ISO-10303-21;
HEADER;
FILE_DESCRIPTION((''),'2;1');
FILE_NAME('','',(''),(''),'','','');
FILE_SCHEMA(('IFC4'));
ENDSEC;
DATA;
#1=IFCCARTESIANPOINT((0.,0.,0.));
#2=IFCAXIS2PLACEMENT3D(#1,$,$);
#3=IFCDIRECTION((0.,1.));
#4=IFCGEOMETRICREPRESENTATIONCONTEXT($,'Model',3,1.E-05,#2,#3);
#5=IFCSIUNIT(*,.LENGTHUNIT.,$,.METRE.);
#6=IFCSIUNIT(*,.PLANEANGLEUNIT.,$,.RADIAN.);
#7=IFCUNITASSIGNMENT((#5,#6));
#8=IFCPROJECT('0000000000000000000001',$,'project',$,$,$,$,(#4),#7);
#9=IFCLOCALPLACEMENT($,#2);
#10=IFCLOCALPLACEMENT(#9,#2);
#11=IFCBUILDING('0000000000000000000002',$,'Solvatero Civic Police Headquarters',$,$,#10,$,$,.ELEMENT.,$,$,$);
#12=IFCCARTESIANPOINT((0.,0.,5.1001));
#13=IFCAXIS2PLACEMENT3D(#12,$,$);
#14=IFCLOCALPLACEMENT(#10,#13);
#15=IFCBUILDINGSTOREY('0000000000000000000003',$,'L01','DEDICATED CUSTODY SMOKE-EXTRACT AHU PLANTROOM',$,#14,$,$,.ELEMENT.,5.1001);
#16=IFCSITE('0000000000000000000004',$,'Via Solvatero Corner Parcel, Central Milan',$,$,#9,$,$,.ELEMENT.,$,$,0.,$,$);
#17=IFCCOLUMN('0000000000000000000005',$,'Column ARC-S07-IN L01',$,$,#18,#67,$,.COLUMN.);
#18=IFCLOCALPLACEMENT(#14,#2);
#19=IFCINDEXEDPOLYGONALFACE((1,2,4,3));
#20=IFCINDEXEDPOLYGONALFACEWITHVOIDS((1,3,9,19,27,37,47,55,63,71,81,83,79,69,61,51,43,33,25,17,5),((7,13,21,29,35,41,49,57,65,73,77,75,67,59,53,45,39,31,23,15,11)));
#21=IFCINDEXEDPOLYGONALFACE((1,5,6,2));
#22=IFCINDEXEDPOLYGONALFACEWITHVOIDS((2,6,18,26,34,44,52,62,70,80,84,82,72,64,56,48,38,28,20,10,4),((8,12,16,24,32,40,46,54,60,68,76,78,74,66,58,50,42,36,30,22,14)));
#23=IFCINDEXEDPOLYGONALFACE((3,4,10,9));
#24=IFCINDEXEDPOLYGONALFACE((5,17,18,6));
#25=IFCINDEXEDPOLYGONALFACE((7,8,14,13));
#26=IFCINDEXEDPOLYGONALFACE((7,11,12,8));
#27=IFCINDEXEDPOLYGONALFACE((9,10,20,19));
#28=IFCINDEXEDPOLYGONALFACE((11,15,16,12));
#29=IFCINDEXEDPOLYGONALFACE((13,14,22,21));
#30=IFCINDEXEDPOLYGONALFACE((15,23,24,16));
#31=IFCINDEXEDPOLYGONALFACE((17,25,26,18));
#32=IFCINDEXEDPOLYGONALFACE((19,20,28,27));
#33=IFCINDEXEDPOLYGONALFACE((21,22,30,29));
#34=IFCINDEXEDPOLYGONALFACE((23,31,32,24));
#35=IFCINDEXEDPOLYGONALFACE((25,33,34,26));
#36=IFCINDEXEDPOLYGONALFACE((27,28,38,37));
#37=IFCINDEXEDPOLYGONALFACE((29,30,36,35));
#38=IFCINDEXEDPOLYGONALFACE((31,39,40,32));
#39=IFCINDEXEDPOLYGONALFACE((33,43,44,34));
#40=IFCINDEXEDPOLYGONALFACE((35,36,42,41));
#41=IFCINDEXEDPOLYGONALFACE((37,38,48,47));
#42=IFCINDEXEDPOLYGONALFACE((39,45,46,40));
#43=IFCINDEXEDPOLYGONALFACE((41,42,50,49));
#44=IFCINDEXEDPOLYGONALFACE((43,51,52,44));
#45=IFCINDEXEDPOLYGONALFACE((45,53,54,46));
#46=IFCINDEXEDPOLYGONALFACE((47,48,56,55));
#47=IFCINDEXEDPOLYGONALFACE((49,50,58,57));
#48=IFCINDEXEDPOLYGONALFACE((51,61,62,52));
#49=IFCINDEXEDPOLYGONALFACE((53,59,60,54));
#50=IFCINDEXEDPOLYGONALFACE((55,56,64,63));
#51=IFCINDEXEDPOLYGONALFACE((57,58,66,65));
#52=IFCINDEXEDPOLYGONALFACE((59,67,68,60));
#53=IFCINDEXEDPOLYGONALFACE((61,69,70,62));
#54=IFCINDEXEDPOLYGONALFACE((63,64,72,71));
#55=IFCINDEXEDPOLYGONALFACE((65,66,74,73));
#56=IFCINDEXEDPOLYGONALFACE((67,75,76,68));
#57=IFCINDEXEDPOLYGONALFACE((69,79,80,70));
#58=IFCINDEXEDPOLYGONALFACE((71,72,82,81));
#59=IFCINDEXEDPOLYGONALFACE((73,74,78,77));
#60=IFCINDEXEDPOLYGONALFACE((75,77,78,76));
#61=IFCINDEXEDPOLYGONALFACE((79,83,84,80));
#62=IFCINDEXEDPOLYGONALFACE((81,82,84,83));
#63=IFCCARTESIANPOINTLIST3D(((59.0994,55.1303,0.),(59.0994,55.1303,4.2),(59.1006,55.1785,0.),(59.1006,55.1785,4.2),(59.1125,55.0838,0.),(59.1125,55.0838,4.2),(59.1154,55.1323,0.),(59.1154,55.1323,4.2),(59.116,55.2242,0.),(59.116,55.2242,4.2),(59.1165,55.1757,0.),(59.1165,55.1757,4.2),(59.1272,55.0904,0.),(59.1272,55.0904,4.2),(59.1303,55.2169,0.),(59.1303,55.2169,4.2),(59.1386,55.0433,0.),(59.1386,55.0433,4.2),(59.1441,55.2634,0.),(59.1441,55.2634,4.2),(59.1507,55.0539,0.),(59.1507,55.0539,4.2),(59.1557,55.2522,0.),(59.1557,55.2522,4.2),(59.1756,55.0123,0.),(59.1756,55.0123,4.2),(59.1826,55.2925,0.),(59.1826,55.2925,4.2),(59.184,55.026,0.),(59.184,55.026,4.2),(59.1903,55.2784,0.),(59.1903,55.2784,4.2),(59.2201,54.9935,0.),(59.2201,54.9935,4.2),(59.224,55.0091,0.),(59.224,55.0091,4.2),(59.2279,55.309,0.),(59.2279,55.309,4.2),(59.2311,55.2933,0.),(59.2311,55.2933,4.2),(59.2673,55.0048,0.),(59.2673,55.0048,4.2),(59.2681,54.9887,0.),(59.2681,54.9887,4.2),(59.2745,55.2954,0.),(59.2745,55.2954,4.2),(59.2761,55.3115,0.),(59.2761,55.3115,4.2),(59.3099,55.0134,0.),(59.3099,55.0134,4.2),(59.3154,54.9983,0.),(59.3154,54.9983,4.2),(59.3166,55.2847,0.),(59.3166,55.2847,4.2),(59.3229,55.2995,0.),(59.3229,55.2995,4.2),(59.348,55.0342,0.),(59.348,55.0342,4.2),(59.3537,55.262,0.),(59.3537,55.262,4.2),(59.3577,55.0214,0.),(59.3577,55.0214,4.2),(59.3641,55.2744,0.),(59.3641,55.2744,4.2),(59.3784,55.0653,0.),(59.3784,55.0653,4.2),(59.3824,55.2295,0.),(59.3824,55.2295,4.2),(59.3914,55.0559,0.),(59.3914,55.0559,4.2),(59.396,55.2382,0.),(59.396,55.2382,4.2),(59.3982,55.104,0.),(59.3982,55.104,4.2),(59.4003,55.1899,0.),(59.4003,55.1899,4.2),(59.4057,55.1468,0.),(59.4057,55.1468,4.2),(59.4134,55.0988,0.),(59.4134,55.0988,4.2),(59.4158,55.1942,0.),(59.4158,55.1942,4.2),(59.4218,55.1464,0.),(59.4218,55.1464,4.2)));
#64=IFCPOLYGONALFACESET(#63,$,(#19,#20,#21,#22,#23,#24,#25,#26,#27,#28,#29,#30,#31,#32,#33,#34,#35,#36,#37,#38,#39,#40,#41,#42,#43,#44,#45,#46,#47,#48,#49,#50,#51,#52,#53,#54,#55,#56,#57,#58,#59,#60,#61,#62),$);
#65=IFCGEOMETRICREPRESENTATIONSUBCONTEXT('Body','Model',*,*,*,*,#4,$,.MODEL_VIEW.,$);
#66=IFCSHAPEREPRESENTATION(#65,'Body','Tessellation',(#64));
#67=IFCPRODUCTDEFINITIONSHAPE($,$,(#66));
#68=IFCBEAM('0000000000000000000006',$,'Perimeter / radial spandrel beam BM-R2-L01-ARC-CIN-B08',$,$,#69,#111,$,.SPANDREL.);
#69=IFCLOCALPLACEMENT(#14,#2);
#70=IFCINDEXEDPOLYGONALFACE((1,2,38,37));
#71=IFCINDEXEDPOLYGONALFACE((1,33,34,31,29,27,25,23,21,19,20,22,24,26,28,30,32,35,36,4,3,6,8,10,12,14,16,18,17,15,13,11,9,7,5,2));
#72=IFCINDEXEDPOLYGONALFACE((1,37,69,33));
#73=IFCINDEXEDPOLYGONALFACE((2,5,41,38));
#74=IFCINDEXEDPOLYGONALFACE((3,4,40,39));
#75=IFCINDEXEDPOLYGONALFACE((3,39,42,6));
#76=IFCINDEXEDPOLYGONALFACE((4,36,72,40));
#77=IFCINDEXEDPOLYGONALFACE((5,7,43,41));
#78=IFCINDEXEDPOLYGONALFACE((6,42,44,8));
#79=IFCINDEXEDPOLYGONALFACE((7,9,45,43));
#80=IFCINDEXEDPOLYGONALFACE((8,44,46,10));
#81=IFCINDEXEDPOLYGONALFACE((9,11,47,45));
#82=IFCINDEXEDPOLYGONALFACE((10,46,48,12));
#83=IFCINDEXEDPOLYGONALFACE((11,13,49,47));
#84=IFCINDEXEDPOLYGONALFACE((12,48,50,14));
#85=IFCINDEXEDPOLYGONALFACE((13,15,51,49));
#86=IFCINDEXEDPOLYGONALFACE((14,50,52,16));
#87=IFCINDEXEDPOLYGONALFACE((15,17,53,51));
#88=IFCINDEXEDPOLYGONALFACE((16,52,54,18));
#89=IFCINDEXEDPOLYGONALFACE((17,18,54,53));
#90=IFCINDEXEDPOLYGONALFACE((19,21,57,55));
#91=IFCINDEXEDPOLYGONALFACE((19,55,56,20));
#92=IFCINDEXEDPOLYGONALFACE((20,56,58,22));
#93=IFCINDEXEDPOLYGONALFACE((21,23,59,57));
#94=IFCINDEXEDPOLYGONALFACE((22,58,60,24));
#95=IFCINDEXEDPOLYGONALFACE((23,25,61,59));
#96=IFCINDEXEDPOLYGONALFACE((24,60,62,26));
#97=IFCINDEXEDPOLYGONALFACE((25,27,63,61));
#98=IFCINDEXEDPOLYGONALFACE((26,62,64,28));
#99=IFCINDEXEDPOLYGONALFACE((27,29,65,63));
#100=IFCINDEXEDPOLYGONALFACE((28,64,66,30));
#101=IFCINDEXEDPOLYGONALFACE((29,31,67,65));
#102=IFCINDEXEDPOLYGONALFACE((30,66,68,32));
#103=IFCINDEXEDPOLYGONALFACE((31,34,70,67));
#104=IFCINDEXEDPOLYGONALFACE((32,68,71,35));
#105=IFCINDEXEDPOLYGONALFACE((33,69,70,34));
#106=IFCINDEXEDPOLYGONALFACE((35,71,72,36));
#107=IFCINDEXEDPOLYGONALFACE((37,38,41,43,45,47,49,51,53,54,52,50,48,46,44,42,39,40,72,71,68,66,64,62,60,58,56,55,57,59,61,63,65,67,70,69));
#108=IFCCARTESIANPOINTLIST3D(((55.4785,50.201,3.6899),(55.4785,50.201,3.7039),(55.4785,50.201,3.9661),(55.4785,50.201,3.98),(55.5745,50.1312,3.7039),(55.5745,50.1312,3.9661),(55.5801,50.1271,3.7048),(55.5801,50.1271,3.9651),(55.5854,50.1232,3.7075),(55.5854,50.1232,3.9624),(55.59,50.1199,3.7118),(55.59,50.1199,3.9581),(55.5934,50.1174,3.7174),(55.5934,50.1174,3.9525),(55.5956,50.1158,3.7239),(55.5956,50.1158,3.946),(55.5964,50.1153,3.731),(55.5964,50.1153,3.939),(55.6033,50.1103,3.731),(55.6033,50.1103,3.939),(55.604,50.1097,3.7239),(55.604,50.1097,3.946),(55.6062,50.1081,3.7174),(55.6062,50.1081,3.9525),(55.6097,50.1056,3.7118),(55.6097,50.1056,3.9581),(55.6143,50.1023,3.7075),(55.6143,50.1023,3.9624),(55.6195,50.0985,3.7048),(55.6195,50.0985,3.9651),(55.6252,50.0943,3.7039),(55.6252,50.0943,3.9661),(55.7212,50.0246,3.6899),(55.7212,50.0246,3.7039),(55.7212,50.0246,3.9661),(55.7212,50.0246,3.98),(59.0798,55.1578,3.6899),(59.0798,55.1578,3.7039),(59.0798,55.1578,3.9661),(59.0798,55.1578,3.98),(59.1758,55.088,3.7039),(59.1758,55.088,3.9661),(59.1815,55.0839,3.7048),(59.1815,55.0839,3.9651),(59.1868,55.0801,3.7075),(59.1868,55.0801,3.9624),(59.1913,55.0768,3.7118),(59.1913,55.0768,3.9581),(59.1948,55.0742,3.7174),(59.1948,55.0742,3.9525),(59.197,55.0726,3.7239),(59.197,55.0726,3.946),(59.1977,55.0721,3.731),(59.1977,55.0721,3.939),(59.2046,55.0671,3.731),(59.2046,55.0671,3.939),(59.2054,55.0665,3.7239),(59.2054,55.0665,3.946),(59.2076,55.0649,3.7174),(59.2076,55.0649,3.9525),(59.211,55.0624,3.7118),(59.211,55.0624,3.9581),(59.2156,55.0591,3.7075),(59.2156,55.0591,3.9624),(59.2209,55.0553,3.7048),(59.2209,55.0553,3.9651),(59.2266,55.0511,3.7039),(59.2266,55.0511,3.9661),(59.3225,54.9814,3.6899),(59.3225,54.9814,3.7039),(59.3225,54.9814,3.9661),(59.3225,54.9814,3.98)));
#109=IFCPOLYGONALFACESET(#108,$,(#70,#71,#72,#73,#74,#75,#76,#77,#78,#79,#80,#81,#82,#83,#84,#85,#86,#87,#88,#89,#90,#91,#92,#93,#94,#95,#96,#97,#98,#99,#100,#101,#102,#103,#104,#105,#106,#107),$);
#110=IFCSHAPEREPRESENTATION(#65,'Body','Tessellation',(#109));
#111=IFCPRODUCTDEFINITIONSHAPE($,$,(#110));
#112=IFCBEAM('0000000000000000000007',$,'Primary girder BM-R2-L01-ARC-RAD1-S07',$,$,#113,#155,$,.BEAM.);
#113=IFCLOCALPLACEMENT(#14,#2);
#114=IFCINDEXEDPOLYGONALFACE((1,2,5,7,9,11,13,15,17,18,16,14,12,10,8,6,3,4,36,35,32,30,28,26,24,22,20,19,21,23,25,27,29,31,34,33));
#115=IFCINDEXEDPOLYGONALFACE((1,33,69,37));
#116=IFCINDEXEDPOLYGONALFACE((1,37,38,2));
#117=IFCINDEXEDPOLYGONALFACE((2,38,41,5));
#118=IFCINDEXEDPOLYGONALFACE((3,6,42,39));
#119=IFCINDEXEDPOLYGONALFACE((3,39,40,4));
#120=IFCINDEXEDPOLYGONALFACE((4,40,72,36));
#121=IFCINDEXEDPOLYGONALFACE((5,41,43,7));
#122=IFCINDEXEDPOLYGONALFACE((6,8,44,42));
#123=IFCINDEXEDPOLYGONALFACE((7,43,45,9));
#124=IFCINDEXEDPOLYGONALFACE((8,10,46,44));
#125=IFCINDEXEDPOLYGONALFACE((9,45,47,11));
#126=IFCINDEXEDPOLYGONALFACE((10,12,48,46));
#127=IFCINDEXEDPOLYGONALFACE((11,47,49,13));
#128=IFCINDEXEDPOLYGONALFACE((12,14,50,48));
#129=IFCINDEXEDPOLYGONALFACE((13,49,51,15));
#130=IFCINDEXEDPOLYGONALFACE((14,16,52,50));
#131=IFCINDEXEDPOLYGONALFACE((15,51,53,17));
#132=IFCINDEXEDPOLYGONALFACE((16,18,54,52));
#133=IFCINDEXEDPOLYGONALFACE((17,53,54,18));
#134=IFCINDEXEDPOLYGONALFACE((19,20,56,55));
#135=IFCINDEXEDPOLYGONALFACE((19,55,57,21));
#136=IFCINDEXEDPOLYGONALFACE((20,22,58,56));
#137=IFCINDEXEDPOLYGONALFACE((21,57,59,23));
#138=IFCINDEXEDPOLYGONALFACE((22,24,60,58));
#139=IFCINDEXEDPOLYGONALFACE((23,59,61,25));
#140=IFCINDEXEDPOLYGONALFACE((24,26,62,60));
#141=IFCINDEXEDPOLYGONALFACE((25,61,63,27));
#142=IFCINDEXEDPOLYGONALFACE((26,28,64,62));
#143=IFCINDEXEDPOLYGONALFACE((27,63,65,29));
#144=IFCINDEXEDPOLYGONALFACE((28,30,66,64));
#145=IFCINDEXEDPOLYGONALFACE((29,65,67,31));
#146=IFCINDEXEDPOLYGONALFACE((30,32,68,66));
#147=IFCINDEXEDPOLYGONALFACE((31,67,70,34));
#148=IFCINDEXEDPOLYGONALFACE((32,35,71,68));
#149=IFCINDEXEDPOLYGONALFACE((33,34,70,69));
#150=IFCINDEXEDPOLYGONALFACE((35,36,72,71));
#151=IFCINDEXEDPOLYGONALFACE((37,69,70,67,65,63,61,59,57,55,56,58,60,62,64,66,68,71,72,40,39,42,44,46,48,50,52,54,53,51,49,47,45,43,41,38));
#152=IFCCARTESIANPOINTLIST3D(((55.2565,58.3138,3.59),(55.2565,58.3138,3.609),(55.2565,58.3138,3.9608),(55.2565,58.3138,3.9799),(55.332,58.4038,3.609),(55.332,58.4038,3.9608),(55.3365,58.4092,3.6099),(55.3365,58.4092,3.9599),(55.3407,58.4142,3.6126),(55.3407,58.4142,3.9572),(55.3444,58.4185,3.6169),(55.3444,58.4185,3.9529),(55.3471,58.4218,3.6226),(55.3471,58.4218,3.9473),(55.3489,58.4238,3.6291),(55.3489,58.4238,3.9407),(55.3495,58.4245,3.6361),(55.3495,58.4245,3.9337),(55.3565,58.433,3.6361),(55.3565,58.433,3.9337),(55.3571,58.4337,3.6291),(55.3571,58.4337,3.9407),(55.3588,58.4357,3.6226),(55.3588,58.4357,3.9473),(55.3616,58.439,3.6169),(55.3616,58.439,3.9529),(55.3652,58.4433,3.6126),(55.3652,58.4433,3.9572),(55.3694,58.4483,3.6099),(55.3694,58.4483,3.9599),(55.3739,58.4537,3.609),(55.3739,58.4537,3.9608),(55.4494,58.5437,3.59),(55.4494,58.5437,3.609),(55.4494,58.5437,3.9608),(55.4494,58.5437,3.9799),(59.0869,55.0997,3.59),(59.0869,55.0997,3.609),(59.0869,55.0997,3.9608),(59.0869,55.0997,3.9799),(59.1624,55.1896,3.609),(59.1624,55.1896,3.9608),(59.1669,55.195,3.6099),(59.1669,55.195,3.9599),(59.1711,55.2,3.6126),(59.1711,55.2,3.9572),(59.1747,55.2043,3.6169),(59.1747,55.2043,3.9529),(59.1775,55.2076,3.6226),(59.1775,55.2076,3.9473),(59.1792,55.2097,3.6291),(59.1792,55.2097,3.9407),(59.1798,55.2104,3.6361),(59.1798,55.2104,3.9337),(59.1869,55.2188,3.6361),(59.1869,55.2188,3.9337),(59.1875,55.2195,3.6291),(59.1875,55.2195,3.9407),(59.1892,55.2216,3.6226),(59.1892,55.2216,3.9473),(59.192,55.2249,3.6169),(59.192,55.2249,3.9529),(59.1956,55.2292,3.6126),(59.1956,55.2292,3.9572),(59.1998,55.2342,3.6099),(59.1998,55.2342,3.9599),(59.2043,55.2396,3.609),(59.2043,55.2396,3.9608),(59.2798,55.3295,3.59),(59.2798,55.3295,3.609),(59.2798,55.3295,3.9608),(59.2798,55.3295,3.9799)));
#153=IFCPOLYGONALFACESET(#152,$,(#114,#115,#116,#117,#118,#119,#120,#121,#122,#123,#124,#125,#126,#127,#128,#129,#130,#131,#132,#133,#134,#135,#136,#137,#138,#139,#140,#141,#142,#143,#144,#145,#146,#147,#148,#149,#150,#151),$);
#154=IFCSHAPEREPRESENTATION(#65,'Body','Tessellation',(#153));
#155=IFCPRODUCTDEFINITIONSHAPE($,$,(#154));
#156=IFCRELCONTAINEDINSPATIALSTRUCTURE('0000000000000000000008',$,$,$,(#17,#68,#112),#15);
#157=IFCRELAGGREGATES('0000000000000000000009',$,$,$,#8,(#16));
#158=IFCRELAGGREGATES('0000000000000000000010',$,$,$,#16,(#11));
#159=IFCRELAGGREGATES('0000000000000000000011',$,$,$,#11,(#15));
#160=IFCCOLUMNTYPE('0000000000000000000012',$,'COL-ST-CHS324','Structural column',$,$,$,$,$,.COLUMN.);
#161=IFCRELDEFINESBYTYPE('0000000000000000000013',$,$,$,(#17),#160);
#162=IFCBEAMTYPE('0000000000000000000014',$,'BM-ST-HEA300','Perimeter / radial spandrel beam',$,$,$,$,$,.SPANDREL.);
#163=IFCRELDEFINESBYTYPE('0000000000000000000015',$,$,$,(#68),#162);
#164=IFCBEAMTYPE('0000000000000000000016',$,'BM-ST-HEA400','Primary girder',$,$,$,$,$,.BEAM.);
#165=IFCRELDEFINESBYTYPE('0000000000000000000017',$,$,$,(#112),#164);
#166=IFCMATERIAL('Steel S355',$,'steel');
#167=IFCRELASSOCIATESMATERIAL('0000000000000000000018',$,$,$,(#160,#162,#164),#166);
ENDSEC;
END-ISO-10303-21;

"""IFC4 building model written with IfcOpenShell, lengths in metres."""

from ifc_helpers import new_model, si_unit, direction, frame, origin, origin_2d, place, context, subcontext, project, spatial, hollow_circle, i_section, extrude, material, material_profile, profile_set, type_object, element, save


model = new_model("IFC4")

# Units and contexts
model_context = context("Model", 3, precision=1e-05, world=origin(), true_north=direction((0.0, 1.0)))
body_context = subcontext(model_context, "Body", "Model", "MODEL_VIEW")
ifc_project = project(units=[si_unit("LENGTHUNIT", "METRE"), si_unit("PLANEANGLEUNIT", "RADIAN")], contexts=[model_context])

# Site, building, storey
site_placement = place(None, origin())
site = spatial("IfcSite", under=ifc_project, at=site_placement, Name="Via Solvatero Corner Parcel, Central Milan", CompositionType="ELEMENT", RefElevation=0.0)
building_placement = place(site_placement, origin())
building = spatial("IfcBuilding", under=site, at=building_placement, Name="Solvatero Civic Police Headquarters", CompositionType="ELEMENT")
storey_placement = place(building_placement, frame((0.0, 0.0, 5.1001)))
storey = spatial("IfcBuildingStorey", under=building, at=storey_placement, Name="L01", Description="DEDICATED CUSTODY SMOKE-EXTRACT AHU PLANTROOM", CompositionType="ELEMENT", Elevation=5.1001)

# Column
ifc_material_1 = material(Name="Steel S355", Category="steel")
ifc_material_profile_1 = material_profile(ifc_material_1, hollow_circle(Radius=0.1619, WallThickness=0.0161, at=origin_2d()), Name="CHS 323.9x16.0")
ifc_profile_set_1 = profile_set([ifc_material_profile_1], Name="Steel S355")
column_type = type_object("IfcColumnType", Name="COL-ST-CHS324", Description="Structural column", PredefinedType="COLUMN", material=ifc_profile_set_1)
column_placement = place(storey_placement, frame((59.26, 55.1504, 0.0), z_axis=(0.0, 0.0, 1.0), x_axis=(0.642788, 0.766044, 0.0)))
element("IfcColumn", 1, at=column_placement, inside=storey, type_object=column_type, Name="Column ARC-S07-IN L01", PredefinedType="COLUMN", context=body_context, shape_type="SweptSolid", body=[
    extrude(hollow_circle(Radius=0.1619, WallThickness=0.0161, at=origin_2d()), origin(), (0.0, 0.0, 1.0), 4.2),
])

# Beams
ifc_material_profile_2 = material_profile(ifc_material_1, i_section(OverallWidth=0.3, OverallDepth=0.29, WebThickness=0.0085, FlangeThickness=0.0139, FilletRadius=0.0271, at=origin_2d()), Name="HEA 300")
ifc_profile_set_2 = profile_set([ifc_material_profile_2], Name="Steel S355")
beam_type_1 = type_object("IfcBeamType", Name="BM-ST-HEA300", Description="Perimeter / radial spandrel beam", PredefinedType="SPANDREL", material=ifc_profile_set_2)
beam_1_placement = place(storey_placement, frame((59.2012, 55.0696, 3.835), z_axis=(-0.587785, -0.809017, 0.0), x_axis=(0.809017, -0.587785, 0.0)))
element("IfcBeam", 2, at=beam_1_placement, inside=storey, type_object=beam_type_1, Name="Perimeter / radial spandrel beam BM-R2-L01-ARC-CIN-B08", PredefinedType="SPANDREL", context=body_context, shape_type="SweptSolid", body=[
    extrude(i_section(OverallWidth=0.3, OverallDepth=0.29, WebThickness=0.0085, FlangeThickness=0.0139, FilletRadius=0.0271, at=origin_2d()), origin(), (0.0, 0.0, 1.0), 6.127),
])
ifc_material_profile_3 = material_profile(ifc_material_1, i_section(OverallWidth=0.3, OverallDepth=0.3899, WebThickness=0.011, FlangeThickness=0.019, FilletRadius=0.0271, at=origin_2d()), Name="HEA 400")
ifc_profile_set_3 = profile_set([ifc_material_profile_3], Name="Steel S355")
beam_type_2 = type_object("IfcBeamType", Name="BM-ST-HEA400", Description="Primary girder", PredefinedType="BEAM", material=ifc_profile_set_3)
beam_2_placement = place(storey_placement, frame((59.1833, 55.2146, 3.7849), z_axis=(-0.766036, 0.642798, 0.0), x_axis=(-0.642798, -0.766036, 0.0)))
element("IfcBeam", 3, at=beam_2_placement, inside=storey, type_object=beam_type_2, Name="Primary girder BM-R2-L01-ARC-RAD1-S07", PredefinedType="BEAM", context=body_context, shape_type="SweptSolid", body=[
    extrude(i_section(OverallWidth=0.3, OverallDepth=0.3899, WebThickness=0.011, FlangeThickness=0.019, FilletRadius=0.0271, at=origin_2d()), origin(), (0.0, 0.0, 1.0), 5.0002),
])

save(model, "model.ifc")
